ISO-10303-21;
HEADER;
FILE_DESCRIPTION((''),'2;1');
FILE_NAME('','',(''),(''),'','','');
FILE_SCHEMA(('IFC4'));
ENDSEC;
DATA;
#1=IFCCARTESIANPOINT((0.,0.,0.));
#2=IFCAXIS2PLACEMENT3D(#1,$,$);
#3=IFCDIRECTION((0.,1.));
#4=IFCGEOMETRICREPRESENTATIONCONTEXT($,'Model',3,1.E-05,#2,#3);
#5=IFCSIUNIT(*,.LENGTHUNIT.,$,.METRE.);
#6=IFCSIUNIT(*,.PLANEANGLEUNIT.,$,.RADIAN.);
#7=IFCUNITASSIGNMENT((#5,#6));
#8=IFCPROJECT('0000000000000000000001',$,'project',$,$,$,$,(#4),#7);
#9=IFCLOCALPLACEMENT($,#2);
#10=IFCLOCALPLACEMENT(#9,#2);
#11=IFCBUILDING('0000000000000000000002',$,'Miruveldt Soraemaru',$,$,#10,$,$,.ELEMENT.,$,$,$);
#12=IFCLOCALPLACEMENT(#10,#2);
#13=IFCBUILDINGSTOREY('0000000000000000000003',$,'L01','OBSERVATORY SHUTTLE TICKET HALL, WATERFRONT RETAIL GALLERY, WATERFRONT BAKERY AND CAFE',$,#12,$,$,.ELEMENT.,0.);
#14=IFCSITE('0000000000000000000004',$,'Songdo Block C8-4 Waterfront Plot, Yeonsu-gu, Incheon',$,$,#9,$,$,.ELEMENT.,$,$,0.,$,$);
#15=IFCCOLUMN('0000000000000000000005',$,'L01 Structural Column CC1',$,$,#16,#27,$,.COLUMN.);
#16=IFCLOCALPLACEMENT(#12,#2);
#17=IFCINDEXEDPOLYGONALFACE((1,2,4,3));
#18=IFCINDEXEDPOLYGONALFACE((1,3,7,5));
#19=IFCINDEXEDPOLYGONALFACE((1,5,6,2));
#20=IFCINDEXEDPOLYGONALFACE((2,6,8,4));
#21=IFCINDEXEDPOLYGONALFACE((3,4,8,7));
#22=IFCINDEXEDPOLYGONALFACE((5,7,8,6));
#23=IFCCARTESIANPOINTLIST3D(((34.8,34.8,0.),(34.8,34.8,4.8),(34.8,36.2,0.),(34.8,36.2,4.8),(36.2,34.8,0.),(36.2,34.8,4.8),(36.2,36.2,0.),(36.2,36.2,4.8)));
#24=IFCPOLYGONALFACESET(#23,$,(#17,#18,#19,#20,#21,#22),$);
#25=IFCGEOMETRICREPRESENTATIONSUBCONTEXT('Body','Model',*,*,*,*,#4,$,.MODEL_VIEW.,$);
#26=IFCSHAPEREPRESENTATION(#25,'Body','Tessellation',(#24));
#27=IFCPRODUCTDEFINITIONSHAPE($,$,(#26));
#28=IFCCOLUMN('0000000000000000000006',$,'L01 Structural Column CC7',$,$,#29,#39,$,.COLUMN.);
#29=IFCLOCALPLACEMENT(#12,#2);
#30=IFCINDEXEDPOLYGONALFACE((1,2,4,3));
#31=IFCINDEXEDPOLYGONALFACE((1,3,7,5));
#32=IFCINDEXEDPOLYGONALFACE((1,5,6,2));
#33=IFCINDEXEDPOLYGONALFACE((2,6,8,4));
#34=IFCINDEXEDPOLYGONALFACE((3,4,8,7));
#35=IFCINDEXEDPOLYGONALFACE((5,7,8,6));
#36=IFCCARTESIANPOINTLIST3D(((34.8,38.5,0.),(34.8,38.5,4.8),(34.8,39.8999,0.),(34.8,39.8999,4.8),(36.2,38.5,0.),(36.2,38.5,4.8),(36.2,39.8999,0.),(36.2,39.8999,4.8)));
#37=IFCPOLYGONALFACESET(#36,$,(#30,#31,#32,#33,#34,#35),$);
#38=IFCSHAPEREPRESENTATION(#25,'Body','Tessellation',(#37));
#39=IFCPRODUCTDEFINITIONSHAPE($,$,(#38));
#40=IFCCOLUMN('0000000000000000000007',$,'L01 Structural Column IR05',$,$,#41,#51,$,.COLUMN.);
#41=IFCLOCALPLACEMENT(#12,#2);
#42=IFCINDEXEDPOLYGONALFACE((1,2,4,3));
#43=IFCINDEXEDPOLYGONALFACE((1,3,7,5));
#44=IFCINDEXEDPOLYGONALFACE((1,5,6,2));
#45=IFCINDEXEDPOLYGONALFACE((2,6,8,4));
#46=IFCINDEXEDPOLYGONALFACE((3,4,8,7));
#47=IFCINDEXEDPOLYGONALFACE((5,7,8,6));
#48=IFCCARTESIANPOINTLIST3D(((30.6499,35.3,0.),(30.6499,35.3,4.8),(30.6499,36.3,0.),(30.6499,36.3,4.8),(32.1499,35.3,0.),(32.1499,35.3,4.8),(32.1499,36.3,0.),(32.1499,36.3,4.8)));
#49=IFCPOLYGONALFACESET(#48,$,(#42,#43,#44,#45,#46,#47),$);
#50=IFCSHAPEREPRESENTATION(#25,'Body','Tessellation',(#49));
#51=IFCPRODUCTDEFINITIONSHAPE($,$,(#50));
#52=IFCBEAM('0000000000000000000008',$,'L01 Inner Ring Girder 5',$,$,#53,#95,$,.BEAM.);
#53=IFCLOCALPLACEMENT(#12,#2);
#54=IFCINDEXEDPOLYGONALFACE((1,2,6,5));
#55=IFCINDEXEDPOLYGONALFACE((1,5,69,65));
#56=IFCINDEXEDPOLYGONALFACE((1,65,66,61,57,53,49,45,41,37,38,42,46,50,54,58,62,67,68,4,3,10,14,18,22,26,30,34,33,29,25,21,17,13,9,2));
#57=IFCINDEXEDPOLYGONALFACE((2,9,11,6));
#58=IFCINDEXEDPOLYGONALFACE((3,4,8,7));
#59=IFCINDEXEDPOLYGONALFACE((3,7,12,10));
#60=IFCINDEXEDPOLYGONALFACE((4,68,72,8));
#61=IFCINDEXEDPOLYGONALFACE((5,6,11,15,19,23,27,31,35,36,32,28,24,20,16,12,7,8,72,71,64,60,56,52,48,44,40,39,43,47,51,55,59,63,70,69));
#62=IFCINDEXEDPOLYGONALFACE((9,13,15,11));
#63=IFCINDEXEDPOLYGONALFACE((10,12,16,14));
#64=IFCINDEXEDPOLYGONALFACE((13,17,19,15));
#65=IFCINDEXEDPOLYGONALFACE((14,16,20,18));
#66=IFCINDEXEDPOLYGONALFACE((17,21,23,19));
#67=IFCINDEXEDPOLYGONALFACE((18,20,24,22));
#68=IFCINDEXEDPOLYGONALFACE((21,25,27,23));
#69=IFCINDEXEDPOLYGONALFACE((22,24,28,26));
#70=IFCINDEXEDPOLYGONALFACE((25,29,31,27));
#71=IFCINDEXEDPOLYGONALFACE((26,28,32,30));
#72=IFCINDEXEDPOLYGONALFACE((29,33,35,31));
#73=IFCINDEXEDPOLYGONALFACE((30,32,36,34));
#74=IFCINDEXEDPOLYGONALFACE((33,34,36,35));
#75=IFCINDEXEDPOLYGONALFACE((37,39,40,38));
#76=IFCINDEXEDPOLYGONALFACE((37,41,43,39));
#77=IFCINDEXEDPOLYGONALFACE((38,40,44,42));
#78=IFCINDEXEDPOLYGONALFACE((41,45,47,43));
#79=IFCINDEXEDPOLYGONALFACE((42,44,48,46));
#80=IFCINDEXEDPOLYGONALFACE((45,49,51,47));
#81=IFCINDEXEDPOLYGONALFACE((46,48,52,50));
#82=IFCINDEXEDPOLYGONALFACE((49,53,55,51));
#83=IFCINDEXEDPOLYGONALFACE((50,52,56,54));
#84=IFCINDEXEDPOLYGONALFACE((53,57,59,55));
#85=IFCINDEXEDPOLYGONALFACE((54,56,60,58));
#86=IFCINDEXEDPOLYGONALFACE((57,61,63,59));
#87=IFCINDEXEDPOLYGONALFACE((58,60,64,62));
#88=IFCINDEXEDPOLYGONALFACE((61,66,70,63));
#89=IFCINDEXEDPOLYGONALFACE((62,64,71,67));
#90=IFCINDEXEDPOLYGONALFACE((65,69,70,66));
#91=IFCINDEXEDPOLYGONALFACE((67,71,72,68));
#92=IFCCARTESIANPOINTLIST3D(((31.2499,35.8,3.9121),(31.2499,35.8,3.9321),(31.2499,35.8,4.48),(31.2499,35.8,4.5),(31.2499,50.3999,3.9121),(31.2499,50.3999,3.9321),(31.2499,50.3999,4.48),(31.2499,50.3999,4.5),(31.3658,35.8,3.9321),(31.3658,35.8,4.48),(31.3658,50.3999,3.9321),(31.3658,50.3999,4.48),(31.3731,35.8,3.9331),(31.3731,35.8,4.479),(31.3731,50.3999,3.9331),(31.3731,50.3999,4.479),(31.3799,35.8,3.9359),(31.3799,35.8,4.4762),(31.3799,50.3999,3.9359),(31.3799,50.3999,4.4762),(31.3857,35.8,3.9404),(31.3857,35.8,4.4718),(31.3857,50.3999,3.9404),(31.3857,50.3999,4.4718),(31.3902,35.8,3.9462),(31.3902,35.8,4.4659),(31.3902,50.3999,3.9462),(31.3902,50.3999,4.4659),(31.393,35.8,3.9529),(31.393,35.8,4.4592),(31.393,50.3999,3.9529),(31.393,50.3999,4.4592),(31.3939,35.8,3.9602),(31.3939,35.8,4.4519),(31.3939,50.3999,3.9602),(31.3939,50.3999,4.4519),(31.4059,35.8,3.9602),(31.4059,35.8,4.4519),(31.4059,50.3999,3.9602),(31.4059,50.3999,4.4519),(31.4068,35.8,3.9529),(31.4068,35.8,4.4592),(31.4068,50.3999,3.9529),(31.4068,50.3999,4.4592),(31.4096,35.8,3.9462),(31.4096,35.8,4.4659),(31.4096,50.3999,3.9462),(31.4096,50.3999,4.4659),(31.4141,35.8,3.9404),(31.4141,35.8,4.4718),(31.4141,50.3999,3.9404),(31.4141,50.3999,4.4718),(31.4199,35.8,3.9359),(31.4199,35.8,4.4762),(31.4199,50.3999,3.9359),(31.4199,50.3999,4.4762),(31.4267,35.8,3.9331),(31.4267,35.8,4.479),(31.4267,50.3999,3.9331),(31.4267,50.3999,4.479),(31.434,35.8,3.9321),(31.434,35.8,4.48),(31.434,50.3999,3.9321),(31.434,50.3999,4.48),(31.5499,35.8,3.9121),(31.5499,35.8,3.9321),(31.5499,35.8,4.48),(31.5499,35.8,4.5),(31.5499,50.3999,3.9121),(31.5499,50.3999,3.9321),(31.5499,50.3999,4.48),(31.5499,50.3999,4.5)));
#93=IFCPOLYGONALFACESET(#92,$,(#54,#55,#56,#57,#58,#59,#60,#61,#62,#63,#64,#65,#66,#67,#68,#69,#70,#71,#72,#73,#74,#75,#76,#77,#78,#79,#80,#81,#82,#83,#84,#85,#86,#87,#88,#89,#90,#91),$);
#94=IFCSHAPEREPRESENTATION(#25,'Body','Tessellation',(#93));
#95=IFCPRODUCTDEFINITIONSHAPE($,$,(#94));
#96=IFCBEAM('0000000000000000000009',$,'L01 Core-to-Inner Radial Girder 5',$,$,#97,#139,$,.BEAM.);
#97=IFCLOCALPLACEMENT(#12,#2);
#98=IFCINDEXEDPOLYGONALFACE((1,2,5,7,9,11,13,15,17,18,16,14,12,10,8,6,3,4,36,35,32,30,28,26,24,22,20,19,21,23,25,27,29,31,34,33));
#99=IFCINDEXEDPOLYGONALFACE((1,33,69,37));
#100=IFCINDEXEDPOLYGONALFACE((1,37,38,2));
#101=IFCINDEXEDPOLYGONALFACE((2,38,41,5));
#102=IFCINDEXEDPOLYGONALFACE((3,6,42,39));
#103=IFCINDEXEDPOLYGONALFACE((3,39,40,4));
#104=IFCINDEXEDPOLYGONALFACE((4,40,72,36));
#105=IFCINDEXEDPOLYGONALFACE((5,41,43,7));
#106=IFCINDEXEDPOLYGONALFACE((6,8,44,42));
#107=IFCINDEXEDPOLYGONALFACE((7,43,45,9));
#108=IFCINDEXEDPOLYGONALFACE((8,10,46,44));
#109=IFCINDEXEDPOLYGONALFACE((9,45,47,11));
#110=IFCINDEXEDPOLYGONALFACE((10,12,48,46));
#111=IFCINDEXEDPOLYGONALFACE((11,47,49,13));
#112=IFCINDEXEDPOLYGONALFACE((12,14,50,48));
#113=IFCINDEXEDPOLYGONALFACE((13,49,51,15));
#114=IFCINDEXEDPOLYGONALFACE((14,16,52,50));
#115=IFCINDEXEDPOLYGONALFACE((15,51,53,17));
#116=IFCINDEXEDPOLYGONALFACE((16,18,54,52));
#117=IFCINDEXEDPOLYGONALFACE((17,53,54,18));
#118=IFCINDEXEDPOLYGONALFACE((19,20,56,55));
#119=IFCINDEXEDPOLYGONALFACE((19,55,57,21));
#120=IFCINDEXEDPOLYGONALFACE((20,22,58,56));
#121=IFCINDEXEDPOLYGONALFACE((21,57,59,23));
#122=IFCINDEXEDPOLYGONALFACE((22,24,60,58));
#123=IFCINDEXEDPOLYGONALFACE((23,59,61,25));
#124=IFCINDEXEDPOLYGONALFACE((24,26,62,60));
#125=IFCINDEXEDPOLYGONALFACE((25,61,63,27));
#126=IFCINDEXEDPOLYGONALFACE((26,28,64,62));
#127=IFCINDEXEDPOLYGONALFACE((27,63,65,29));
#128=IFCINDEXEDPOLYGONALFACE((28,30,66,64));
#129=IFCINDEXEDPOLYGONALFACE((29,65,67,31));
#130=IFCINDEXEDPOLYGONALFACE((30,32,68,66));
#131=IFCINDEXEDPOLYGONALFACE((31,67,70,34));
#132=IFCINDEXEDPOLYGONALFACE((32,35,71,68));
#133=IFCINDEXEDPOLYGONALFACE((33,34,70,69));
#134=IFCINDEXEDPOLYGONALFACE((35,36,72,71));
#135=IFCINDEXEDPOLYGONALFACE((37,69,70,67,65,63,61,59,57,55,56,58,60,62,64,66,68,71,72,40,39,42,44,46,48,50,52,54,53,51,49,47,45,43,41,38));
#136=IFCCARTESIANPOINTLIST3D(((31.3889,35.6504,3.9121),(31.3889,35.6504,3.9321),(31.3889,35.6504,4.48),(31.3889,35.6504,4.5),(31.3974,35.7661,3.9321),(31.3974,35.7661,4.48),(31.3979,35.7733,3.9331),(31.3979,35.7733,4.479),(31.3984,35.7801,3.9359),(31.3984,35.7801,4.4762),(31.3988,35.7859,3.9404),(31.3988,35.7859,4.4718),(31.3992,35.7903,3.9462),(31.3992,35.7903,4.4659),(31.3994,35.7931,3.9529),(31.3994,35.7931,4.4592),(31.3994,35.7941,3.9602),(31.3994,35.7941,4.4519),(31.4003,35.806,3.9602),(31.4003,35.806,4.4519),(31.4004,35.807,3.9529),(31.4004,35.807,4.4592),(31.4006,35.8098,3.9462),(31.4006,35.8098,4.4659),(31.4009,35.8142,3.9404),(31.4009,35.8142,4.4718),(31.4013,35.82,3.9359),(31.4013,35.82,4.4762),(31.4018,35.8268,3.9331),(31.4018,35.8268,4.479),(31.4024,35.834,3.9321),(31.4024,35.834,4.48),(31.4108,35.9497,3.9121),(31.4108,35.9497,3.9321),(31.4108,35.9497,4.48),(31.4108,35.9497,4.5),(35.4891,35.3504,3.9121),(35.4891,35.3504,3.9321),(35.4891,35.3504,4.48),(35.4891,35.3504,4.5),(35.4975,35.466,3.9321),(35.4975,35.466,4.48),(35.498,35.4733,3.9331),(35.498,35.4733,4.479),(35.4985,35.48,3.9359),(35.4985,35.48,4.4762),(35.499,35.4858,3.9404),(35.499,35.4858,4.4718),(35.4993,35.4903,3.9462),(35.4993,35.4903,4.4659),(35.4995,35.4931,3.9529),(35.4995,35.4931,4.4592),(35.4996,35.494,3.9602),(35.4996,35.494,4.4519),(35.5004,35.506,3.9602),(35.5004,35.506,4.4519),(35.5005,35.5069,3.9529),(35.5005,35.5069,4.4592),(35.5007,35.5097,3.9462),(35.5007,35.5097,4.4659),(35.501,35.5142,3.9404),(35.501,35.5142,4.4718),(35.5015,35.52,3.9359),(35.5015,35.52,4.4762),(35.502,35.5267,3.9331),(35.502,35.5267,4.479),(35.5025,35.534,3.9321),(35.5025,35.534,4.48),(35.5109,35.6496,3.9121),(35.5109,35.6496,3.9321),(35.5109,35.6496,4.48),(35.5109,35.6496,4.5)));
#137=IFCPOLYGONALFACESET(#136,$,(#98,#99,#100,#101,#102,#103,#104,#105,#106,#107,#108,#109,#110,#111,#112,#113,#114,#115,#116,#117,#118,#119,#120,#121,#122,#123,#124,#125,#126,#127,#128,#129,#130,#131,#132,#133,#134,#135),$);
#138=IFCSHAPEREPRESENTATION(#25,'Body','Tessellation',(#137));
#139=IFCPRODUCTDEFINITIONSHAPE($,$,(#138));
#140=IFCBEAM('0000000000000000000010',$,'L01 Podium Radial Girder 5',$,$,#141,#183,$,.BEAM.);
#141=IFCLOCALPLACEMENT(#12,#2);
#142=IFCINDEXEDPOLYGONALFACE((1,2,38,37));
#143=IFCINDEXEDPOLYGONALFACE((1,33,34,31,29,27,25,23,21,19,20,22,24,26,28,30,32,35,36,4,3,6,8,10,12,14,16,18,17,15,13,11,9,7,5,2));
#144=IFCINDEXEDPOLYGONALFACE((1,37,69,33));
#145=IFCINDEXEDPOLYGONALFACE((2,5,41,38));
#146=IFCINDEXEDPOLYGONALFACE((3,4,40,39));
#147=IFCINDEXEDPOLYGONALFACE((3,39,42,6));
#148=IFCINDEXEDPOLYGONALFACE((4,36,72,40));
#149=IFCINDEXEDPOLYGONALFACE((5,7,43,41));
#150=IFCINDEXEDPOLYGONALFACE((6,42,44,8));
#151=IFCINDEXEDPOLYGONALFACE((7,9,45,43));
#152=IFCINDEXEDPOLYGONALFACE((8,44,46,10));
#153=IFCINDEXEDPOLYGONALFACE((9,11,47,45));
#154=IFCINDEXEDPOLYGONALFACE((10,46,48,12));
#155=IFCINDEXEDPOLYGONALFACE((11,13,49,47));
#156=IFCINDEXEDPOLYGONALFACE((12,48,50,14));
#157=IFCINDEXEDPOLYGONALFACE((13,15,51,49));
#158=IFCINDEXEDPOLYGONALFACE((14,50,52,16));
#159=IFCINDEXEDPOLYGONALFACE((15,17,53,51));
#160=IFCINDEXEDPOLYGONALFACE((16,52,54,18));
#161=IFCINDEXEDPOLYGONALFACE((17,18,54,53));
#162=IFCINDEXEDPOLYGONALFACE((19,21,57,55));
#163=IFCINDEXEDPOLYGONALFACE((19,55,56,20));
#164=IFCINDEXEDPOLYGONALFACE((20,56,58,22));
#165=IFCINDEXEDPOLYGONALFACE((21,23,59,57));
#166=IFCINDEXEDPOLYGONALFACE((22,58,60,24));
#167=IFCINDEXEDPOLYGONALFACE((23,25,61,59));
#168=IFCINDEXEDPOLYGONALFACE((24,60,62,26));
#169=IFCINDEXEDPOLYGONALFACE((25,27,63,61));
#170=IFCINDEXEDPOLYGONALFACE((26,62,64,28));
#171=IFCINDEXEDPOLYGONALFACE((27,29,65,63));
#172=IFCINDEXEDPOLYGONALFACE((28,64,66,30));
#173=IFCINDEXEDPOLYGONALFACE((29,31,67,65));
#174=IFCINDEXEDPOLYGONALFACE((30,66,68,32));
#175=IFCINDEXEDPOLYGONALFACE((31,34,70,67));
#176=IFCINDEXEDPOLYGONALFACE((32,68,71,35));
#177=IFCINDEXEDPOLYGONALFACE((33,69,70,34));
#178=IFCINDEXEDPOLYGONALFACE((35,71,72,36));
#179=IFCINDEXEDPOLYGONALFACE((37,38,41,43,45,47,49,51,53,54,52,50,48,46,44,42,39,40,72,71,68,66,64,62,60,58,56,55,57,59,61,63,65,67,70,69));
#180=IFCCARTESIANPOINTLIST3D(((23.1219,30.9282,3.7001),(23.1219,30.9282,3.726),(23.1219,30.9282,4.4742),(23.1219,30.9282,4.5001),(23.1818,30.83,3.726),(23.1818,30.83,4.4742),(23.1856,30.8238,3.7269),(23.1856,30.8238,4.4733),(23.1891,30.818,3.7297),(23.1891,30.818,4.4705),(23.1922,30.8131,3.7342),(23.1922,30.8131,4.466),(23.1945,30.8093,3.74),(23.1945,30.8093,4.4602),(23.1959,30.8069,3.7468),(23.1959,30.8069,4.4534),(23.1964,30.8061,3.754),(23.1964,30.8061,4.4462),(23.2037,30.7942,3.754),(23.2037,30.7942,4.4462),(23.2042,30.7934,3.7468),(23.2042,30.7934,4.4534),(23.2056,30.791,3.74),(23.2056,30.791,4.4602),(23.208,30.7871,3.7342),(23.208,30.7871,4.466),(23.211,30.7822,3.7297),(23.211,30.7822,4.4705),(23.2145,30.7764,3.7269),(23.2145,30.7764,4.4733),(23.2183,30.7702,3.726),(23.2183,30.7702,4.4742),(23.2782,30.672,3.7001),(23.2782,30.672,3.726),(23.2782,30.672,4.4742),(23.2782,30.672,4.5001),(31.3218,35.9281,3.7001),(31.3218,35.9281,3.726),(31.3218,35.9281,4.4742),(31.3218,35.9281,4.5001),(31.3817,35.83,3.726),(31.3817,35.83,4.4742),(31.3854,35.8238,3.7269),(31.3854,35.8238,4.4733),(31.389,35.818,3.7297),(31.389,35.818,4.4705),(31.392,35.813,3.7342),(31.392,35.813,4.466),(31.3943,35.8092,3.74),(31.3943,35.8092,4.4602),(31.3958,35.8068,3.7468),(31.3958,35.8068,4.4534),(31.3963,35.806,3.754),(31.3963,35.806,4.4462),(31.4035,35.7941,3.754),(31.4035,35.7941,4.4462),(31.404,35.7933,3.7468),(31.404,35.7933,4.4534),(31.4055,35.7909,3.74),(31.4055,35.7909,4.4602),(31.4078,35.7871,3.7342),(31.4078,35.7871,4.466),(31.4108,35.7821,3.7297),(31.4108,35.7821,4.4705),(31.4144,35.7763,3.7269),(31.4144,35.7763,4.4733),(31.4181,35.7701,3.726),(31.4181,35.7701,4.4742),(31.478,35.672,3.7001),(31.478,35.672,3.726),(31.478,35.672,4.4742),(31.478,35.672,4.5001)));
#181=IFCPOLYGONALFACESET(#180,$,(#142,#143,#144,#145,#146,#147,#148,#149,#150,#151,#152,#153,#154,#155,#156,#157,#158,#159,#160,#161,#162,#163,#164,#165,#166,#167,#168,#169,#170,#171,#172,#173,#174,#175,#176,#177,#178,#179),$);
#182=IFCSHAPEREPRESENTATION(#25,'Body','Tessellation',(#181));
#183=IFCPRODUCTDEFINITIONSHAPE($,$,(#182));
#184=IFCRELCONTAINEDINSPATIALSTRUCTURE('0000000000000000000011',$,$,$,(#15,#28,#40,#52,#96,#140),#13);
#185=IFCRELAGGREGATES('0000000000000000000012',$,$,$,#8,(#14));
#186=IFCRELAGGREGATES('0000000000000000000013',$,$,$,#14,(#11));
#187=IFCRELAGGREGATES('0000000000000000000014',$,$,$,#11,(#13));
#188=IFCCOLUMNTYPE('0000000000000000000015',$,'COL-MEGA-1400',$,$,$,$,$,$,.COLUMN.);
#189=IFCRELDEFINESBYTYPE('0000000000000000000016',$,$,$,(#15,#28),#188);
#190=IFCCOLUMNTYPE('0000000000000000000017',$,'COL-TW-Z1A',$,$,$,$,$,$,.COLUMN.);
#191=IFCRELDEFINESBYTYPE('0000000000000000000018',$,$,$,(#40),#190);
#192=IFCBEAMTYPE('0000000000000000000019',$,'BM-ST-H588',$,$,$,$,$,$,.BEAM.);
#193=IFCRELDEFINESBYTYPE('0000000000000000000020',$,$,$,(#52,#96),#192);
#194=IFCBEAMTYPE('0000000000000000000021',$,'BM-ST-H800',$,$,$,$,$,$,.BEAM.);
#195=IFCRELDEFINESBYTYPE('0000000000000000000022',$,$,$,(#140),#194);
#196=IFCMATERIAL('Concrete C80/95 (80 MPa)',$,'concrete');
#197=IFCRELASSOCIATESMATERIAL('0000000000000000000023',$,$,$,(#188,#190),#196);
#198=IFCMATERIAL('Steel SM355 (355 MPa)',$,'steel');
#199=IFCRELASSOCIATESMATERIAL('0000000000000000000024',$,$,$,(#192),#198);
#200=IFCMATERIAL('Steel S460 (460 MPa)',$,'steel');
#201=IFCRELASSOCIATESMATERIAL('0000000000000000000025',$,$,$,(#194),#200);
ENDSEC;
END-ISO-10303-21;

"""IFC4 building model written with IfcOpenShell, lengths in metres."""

from ifc_helpers import new_model, si_unit, direction, frame, origin, origin_2d, place, context, subcontext, project, spatial, rectangle, i_section, extrude, material, material_profile, profile_set, type_object, element, save


model = new_model("IFC4")

# Units and contexts
model_context = context("Model", 3, precision=1e-05, world=origin(), true_north=direction((0.0, 1.0)))
body_context = subcontext(model_context, "Body", "Model", "MODEL_VIEW")
ifc_project = project(units=[si_unit("LENGTHUNIT", "METRE"), si_unit("PLANEANGLEUNIT", "RADIAN")], contexts=[model_context])

# Site, building, storey
site_placement = place(None, origin())
site = spatial("IfcSite", under=ifc_project, at=site_placement, Name="Songdo Block C8-4 Waterfront Plot, Yeonsu-gu, Incheon", CompositionType="ELEMENT", RefElevation=0.0)
building_placement = place(site_placement, origin())
building = spatial("IfcBuilding", under=site, at=building_placement, Name="Miruveldt Soraemaru", CompositionType="ELEMENT")
storey_placement = place(building_placement, origin())
storey = spatial("IfcBuildingStorey", under=building, at=storey_placement, Name="L01", Description="OBSERVATORY SHUTTLE TICKET HALL, WATERFRONT RETAIL GALLERY, WATERFRONT BAKERY AND CAFE", CompositionType="ELEMENT", Elevation=0.0)

# Columns
ifc_material_1 = material(Name="Concrete C80/95 (80 MPa)", Category="concrete")
ifc_material_profile_1 = material_profile(ifc_material_1, rectangle(XDim=1.3999, YDim=1.3999, at=origin_2d()), Name="Concrete C80/95 (80 MPa)", Category="concrete")
ifc_profile_set_1 = profile_set([ifc_material_profile_1], Name="Concrete C80/95 (80 MPa)")
column_type_1 = type_object("IfcColumnType", Name="COL-MEGA-1400", PredefinedType="COLUMN", material=ifc_profile_set_1)
for number, where, z_axis, x_axis, name in (
    (1, (35.5, 35.5, 0.0), (0.0, 0.0, 1.0), (1.0, 0.0, 0.0), "L01 Structural Column CC1"),
    (2, (35.5, 39.2, 0.0), (0.0, 0.0, 1.0), (1.0, 0.0, 0.0), "L01 Structural Column CC7"),
):
    element("IfcColumn", number, at=place(storey_placement, frame(where, z_axis=z_axis, x_axis=x_axis)), inside=storey, type_object=column_type_1, Name=name, PredefinedType="COLUMN", context=body_context, shape_type="SweptSolid", body=[
        extrude(rectangle(XDim=1.3999, YDim=1.3999, at=origin_2d()), origin(), (0.0, 0.0, 1.0), 4.8),
    ])
ifc_material_profile_2 = material_profile(ifc_material_1, rectangle(XDim=1.5, YDim=1.0, at=origin_2d()), Name="Concrete C80/95 (80 MPa)", Category="concrete")
ifc_profile_set_2 = profile_set([ifc_material_profile_2], Name="Concrete C80/95 (80 MPa)")
column_type_2 = type_object("IfcColumnType", Name="COL-TW-Z1A", PredefinedType="COLUMN", material=ifc_profile_set_2)
column_placement = place(storey_placement, frame((31.3999, 35.8, 0.0), z_axis=(0.0, 0.0, 1.0), x_axis=(1.0, 0.0, 0.0)))
element("IfcColumn", 3, at=column_placement, inside=storey, type_object=column_type_2, Name="L01 Structural Column IR05", PredefinedType="COLUMN", context=body_context, shape_type="SweptSolid", body=[
    extrude(rectangle(XDim=1.5, YDim=1.0, at=origin_2d()), origin(), (0.0, 0.0, 1.0), 4.8),
])

# Beams
ifc_material_2 = material(Name="Steel SM355 (355 MPa)", Category="steel")
ifc_material_profile_3 = material_profile(ifc_material_2, i_section(OverallWidth=0.3, OverallDepth=0.5879, WebThickness=0.012, FlangeThickness=0.02, FilletRadius=0.0281, at=origin_2d()), Name="Steel SM355 (355 MPa)", Category="steel")
ifc_profile_set_3 = profile_set([ifc_material_profile_3], Name="Steel SM355 (355 MPa)")
beam_type_1 = type_object("IfcBeamType", Name="BM-ST-H588", PredefinedType="BEAM", material=ifc_profile_set_3)
beam_1_placement = place(storey_placement, frame((31.3999, 35.8, 4.2061), z_axis=(0.0, 1.0, 0.0), x_axis=(-1.0, 0.0, 0.0)))
element("IfcBeam", 4, at=beam_1_placement, inside=storey, type_object=beam_type_1, Name="L01 Inner Ring Girder 5", PredefinedType="BEAM", context=body_context, shape_type="SweptSolid", body=[
    extrude(i_section(OverallWidth=0.3, OverallDepth=0.5879, WebThickness=0.012, FlangeThickness=0.02, FilletRadius=0.0281, at=origin_2d()), origin(), (0.0, 0.0, 1.0), 14.5999),
])
beam_2_placement = place(storey_placement, frame((35.5, 35.5, 4.2061), z_axis=(-0.997333, 0.072986, 0.0), x_axis=(-0.072986, -0.997333, 0.0)))
element("IfcBeam", 5, at=beam_2_placement, inside=storey, type_object=beam_type_1, Name="L01 Core-to-Inner Radial Girder 5", PredefinedType="BEAM", context=body_context, shape_type="SweptSolid", body=[
    extrude(i_section(OverallWidth=0.3, OverallDepth=0.5879, WebThickness=0.012, FlangeThickness=0.02, FilletRadius=0.0281, at=origin_2d()), origin(), (0.0, 0.0, 1.0), 4.1111),
])
ifc_material_3 = material(Name="Steel S460 (460 MPa)", Category="steel")
ifc_material_profile_4 = material_profile(ifc_material_3, i_section(OverallWidth=0.3, OverallDepth=0.8, WebThickness=0.0139, FlangeThickness=0.0259, FilletRadius=0.0281, at=origin_2d()), Name="Steel S460 (460 MPa)", Category="steel")
ifc_profile_set_4 = profile_set([ifc_material_profile_4], Name="Steel S460 (460 MPa)")
beam_type_2 = type_object("IfcBeamType", Name="BM-ST-H800", PredefinedType="BEAM", material=ifc_profile_set_4)
beam_3_placement = place(storey_placement, frame((31.3999, 35.8, 4.1001), z_axis=(-0.853795, -0.52061, 0.0), x_axis=(0.52061, -0.853795, 0.0)))
element("IfcBeam", 6, at=beam_3_placement, inside=storey, type_object=beam_type_2, Name="L01 Podium Radial Girder 5", PredefinedType="BEAM", context=body_context, shape_type="SweptSolid", body=[
    extrude(i_section(OverallWidth=0.3, OverallDepth=0.8, WebThickness=0.0139, FlangeThickness=0.0259, FilletRadius=0.0281, at=origin_2d()), origin(), (0.0, 0.0, 1.0), 9.604),
])

save(model, "model.ifc")
